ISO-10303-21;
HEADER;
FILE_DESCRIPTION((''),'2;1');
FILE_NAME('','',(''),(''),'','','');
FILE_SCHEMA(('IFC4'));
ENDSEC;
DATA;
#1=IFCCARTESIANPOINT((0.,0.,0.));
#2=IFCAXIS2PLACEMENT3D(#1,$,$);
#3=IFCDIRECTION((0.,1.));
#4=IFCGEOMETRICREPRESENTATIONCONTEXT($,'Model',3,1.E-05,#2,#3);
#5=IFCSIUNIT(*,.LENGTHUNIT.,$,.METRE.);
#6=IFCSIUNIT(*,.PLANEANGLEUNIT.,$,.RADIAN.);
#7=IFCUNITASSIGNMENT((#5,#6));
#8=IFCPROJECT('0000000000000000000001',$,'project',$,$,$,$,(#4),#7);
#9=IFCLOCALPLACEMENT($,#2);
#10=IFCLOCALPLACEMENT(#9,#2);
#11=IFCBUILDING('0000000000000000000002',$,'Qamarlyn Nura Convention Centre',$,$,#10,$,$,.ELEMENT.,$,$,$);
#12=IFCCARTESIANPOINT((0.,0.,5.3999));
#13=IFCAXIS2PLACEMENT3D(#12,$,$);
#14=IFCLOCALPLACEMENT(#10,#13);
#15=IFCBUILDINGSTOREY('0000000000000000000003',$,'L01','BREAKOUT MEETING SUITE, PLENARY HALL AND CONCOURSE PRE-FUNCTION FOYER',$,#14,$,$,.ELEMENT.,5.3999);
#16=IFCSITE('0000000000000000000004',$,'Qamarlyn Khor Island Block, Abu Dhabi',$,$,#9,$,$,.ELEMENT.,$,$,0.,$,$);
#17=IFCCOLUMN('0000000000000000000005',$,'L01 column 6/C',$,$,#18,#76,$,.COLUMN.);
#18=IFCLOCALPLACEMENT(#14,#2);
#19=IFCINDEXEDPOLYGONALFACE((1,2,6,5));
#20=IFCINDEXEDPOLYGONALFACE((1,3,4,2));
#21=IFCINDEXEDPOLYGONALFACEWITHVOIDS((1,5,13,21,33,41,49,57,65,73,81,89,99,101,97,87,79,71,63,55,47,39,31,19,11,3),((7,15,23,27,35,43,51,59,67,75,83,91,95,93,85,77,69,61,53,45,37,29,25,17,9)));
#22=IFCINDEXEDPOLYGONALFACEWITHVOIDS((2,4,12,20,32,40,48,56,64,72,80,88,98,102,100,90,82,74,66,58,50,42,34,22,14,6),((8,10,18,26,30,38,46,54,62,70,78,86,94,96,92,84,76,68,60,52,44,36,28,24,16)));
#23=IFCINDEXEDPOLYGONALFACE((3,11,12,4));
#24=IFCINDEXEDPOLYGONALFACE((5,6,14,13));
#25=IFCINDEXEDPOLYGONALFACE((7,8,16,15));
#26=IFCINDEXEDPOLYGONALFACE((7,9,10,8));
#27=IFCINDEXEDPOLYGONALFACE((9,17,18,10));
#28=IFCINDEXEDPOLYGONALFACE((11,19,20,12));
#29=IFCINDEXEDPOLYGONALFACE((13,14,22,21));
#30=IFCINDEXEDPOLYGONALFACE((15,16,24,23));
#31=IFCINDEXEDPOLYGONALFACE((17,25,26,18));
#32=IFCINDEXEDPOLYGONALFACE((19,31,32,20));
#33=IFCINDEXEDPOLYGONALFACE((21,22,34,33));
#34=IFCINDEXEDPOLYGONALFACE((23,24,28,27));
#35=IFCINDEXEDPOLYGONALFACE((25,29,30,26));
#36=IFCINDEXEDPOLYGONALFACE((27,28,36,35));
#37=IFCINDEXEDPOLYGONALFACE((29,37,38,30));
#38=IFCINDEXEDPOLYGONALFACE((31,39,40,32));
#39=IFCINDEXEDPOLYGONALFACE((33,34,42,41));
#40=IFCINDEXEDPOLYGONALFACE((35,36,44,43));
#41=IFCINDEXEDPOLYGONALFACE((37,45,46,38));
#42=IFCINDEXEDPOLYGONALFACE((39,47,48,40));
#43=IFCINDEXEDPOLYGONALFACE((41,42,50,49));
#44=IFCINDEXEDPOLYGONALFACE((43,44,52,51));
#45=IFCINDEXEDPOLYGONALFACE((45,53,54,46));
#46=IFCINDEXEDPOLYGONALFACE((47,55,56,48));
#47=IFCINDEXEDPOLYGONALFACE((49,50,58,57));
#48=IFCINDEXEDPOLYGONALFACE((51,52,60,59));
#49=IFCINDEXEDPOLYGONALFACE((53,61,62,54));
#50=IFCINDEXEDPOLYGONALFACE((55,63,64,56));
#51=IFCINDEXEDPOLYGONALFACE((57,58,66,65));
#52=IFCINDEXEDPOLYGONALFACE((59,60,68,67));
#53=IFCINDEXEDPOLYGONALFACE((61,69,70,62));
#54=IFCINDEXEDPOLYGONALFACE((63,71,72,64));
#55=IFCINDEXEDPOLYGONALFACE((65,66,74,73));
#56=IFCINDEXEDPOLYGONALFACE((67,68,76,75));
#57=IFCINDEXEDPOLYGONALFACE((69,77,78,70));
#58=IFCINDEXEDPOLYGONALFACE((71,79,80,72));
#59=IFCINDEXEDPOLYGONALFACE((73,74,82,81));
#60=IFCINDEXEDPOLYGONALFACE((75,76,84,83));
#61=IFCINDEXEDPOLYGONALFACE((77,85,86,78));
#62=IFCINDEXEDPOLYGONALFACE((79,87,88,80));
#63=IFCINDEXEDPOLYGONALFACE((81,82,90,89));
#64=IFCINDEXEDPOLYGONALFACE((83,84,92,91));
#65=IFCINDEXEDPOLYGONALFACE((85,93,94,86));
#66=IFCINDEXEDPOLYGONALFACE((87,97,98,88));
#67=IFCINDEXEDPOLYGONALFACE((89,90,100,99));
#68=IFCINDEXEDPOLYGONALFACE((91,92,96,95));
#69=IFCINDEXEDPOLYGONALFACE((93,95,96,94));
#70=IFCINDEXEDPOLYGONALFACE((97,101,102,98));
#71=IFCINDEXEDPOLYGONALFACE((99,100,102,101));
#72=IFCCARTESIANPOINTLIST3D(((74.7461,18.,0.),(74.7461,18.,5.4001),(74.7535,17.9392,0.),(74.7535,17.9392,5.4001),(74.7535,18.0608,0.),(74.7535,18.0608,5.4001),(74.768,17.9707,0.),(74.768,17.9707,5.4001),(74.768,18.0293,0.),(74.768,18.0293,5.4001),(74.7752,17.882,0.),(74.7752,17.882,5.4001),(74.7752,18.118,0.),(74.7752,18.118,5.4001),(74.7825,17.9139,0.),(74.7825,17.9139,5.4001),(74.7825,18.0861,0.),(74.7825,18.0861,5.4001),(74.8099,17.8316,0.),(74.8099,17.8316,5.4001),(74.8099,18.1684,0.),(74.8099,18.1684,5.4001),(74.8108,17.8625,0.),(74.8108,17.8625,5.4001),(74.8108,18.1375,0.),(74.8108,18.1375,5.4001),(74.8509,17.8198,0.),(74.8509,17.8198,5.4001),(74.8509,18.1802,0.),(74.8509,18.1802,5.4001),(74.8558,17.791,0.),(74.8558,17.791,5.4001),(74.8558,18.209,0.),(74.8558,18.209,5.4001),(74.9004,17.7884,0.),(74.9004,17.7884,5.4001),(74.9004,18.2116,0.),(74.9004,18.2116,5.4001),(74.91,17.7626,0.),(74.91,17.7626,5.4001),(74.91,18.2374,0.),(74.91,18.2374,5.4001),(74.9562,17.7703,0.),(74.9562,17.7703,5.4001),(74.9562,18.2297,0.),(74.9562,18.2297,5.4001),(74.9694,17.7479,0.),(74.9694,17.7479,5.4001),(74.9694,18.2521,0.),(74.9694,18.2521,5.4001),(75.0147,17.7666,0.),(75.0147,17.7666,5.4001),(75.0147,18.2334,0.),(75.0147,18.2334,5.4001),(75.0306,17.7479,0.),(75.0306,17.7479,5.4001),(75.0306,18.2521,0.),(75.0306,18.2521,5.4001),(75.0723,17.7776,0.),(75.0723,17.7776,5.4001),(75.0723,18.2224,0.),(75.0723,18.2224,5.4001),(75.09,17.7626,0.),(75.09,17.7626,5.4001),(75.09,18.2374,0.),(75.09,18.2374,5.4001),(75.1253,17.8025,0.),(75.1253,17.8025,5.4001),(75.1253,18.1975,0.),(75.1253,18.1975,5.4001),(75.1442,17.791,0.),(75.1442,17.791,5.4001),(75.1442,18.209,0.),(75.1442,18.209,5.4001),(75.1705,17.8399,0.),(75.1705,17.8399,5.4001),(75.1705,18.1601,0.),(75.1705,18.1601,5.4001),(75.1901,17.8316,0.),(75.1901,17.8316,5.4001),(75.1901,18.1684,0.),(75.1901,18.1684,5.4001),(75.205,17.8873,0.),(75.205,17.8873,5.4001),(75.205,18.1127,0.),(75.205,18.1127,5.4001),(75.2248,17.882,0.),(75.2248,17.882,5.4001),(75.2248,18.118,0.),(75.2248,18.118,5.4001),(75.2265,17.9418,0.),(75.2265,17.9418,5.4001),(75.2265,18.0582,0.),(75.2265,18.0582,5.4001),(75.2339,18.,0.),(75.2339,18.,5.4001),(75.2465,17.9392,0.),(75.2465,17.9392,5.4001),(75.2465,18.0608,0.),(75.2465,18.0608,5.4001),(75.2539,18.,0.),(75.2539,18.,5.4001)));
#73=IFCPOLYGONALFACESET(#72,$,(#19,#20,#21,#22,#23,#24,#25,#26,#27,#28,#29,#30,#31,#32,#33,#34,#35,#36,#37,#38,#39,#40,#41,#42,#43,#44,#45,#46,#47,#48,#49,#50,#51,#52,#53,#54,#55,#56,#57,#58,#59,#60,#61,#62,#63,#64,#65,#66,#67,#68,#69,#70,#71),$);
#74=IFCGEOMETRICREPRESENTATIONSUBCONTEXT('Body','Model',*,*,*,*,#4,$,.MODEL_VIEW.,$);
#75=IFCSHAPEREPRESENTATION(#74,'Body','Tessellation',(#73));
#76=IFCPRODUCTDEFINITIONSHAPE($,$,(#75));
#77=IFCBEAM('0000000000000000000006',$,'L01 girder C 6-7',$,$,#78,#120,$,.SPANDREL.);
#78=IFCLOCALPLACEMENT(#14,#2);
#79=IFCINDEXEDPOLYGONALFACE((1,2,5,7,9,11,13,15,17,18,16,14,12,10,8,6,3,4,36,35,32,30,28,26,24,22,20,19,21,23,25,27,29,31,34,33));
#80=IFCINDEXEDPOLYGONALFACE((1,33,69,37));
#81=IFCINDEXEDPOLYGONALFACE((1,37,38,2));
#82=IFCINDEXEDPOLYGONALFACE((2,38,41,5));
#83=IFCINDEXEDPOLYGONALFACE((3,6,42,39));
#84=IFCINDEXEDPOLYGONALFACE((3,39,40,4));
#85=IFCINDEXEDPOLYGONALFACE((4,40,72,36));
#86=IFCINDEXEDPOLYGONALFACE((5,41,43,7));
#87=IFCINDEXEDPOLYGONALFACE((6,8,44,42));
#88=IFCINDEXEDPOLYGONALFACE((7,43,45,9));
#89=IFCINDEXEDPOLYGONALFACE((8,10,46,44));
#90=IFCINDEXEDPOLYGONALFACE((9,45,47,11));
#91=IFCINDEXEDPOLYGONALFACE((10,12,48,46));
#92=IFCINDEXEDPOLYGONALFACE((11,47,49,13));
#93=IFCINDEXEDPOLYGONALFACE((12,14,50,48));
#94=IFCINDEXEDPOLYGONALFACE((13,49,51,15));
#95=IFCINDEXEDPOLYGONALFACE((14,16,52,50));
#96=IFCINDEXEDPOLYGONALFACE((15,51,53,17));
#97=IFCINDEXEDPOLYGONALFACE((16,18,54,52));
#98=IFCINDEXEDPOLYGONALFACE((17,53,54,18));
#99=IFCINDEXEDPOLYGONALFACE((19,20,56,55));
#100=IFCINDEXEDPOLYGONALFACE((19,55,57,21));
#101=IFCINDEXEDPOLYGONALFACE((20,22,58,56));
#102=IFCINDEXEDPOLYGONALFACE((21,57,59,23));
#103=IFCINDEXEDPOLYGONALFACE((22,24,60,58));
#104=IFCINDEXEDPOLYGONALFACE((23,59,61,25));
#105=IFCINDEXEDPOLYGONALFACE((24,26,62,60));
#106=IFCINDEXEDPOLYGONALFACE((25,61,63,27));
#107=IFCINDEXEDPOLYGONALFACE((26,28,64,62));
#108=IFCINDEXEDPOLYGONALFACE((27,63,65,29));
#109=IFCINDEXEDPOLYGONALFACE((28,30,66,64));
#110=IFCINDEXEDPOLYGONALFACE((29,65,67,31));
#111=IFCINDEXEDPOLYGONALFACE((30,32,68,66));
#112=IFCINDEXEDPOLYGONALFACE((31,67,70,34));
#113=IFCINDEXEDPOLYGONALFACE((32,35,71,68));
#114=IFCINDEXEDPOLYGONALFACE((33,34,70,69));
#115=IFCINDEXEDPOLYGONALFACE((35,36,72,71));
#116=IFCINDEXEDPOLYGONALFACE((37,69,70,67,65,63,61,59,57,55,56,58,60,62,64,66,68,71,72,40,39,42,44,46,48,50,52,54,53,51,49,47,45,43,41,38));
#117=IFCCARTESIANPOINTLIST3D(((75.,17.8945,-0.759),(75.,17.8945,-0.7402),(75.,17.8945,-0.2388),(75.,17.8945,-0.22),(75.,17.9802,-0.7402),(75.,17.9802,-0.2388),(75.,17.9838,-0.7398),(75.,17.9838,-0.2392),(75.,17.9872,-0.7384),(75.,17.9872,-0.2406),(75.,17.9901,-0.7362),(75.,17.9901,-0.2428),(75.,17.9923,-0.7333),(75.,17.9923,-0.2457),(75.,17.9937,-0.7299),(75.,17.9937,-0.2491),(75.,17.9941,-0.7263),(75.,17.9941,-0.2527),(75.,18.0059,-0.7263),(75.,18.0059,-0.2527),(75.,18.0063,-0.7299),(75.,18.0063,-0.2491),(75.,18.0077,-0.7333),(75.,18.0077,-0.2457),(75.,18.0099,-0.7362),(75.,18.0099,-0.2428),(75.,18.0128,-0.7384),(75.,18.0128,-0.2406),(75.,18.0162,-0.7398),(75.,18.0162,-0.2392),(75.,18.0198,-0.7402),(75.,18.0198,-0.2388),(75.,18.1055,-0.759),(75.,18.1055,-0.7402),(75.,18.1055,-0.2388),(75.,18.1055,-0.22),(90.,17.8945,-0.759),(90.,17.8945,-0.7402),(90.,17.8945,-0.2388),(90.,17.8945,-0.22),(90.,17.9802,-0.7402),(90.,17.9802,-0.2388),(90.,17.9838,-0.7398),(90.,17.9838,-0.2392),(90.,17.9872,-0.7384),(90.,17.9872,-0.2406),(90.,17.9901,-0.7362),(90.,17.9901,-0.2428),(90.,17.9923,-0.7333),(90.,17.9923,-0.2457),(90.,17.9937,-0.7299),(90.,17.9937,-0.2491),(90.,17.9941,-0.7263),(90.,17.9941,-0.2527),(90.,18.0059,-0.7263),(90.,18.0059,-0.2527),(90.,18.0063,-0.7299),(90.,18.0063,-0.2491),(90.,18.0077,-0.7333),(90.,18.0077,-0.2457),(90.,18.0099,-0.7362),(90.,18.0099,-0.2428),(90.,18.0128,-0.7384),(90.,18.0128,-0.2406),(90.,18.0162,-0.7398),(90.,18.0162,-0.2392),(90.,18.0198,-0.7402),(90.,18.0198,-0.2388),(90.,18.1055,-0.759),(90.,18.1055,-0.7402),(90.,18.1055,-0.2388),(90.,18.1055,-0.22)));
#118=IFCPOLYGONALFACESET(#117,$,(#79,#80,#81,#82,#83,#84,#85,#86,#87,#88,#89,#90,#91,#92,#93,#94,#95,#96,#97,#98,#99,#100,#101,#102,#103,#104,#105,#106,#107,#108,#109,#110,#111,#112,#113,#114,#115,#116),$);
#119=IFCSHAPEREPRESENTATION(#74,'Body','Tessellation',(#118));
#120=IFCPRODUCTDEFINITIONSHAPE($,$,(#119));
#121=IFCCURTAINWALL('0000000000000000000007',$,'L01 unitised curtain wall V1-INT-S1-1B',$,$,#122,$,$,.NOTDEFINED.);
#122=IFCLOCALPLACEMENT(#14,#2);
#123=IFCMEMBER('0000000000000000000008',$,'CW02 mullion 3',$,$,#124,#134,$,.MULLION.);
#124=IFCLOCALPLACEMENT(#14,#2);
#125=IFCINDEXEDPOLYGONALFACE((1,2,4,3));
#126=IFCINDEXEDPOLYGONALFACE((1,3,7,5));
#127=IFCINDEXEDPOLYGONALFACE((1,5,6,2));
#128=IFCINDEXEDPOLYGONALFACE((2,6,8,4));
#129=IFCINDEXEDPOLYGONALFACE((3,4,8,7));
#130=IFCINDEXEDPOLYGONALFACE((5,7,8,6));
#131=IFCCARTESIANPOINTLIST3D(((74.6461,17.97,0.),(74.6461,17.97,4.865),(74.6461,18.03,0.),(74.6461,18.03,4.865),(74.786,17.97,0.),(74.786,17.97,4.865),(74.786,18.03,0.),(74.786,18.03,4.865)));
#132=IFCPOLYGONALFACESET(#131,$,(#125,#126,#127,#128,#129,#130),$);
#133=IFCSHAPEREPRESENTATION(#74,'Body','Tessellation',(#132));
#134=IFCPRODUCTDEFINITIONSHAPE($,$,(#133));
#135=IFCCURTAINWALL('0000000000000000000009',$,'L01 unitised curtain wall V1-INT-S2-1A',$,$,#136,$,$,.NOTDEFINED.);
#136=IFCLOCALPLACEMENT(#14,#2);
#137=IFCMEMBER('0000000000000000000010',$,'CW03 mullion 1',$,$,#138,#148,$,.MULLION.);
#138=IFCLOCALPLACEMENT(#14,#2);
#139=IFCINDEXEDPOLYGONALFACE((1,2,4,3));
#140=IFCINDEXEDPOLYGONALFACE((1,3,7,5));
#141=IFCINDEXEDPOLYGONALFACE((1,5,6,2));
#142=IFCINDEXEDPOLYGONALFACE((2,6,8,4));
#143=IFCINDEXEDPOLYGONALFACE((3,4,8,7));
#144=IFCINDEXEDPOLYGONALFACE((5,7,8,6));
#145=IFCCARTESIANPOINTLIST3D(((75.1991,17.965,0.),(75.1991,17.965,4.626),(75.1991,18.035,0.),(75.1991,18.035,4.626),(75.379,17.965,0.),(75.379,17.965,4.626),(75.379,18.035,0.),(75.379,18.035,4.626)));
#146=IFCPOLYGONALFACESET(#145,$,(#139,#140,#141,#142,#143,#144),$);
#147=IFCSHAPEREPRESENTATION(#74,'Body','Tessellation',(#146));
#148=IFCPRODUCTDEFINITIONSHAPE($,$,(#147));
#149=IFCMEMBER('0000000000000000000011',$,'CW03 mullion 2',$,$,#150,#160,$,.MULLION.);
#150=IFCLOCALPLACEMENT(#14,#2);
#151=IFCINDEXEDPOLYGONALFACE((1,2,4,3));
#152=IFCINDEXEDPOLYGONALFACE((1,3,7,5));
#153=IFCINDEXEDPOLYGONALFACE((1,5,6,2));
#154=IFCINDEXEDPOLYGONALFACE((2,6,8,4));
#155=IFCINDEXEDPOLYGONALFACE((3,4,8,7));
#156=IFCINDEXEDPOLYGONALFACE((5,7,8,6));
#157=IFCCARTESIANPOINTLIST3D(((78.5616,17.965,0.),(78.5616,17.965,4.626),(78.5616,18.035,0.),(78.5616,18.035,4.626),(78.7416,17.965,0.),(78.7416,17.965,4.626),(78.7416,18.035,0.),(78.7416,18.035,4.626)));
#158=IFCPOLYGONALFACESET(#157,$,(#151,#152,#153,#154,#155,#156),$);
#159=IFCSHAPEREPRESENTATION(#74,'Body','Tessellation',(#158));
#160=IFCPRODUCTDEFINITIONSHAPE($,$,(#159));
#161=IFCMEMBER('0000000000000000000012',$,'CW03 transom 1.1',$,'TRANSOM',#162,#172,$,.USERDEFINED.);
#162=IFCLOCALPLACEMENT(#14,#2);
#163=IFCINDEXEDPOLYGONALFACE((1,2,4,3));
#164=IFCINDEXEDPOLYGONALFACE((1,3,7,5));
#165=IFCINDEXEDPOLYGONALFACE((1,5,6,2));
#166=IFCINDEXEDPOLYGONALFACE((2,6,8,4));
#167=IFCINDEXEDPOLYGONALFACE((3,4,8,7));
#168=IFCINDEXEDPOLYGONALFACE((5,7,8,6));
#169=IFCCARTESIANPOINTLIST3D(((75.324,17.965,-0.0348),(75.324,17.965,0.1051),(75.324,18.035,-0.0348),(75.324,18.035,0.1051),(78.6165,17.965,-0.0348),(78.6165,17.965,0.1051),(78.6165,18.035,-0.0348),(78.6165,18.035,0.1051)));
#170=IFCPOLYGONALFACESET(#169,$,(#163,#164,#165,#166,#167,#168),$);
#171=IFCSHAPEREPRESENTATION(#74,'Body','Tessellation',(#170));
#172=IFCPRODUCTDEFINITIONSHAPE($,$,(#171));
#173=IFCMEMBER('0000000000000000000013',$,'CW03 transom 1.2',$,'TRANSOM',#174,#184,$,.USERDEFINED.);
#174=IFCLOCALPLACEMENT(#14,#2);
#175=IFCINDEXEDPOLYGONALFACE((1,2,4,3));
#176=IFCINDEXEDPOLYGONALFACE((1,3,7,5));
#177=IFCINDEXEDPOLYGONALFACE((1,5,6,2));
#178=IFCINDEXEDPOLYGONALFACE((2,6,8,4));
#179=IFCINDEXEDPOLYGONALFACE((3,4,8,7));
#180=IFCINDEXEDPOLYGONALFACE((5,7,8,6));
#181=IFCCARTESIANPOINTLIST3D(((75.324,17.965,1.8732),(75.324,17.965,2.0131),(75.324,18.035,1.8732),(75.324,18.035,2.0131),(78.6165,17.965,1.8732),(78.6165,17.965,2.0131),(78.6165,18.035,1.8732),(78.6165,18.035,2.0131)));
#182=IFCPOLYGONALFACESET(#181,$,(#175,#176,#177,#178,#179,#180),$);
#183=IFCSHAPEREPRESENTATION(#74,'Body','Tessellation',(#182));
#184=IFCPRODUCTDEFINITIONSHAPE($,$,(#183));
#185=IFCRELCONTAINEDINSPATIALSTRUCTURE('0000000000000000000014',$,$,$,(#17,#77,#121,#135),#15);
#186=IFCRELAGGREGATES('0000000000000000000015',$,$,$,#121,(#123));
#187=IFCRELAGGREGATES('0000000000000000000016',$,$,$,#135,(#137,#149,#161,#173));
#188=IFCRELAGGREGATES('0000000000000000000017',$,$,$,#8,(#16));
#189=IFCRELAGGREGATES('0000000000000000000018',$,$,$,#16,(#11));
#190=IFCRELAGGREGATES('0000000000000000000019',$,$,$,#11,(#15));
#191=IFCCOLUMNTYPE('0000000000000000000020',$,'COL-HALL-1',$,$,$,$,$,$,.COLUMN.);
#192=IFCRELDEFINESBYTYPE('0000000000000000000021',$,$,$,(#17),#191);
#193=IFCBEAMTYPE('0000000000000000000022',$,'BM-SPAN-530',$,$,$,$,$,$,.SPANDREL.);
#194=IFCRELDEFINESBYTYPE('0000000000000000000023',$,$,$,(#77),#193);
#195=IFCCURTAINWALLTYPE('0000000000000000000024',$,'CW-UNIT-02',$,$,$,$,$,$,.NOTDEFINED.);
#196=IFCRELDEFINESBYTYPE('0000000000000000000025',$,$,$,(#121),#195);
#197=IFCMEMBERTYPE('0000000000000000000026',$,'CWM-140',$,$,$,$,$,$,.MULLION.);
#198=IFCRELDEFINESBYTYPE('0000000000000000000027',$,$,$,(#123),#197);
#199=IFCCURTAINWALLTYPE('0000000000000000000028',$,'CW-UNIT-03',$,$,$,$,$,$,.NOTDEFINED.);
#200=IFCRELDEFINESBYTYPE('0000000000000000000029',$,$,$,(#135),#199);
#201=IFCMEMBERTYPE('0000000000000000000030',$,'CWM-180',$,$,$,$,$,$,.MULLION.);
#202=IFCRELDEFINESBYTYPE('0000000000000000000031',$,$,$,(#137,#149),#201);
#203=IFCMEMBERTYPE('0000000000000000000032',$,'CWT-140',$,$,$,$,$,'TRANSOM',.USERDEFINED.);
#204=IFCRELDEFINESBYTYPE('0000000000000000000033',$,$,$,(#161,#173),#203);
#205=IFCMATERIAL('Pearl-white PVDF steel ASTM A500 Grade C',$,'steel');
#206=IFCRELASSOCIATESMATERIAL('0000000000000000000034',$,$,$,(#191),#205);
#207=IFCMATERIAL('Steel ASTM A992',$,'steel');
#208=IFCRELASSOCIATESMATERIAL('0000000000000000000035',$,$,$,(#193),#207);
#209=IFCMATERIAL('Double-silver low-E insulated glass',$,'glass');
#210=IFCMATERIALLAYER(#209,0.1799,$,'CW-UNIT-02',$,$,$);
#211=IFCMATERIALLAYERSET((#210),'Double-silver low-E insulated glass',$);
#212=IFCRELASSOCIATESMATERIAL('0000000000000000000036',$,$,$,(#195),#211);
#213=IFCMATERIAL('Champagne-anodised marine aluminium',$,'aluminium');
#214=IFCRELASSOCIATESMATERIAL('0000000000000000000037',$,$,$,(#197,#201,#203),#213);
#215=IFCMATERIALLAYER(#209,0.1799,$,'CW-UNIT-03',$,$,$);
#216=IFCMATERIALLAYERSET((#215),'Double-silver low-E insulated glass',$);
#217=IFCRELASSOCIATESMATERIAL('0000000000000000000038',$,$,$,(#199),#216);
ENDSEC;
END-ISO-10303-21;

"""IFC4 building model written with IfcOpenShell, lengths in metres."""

from ifc_helpers import new_model, si_unit, direction, frame, origin, origin_2d, place, context, subcontext, project, spatial, rectangle, hollow_circle, i_section, extrude, material, layer, layer_set, material_profile, profile_set, type_object, element, aggregate, save


model = new_model("IFC4")

# Units and contexts
model_context = context("Model", 3, precision=1e-05, world=origin(), true_north=direction((0.0, 1.0)))
body_context = subcontext(model_context, "Body", "Model", "MODEL_VIEW")
ifc_project = project(units=[si_unit("LENGTHUNIT", "METRE"), si_unit("PLANEANGLEUNIT", "RADIAN")], contexts=[model_context])

# Site, building, storey
site_placement = place(None, origin())
site = spatial("IfcSite", under=ifc_project, at=site_placement, Name="Qamarlyn Khor Island Block, Abu Dhabi", CompositionType="ELEMENT", RefElevation=0.0)
building_placement = place(site_placement, origin())
building = spatial("IfcBuilding", under=site, at=building_placement, Name="Qamarlyn Nura Convention Centre", CompositionType="ELEMENT")
storey_placement = place(building_placement, frame((0.0, 0.0, 5.3999)))
storey = spatial("IfcBuildingStorey", under=building, at=storey_placement, Name="L01", Description="BREAKOUT MEETING SUITE, PLENARY HALL AND CONCOURSE PRE-FUNCTION FOYER", CompositionType="ELEMENT", Elevation=5.3999)

# Column
ifc_material_1 = material(Name="Pearl-white PVDF steel ASTM A500 Grade C", Category="steel")
ifc_material_profile_1 = material_profile(ifc_material_1, hollow_circle(Radius=0.2539, WallThickness=0.02, at=origin_2d()), Name="CHS508X20")
ifc_profile_set_1 = profile_set([ifc_material_profile_1], Name="Pearl-white PVDF steel ASTM A500 Grade C")
column_type = type_object("IfcColumnType", Name="COL-HALL-1", PredefinedType="COLUMN", material=ifc_profile_set_1)
column_placement = place(storey_placement, frame((75.0, 18.0, 0.0), z_axis=(0.0, 0.0, 1.0), x_axis=(1.0, 0.0, 0.0)))
element("IfcColumn", 1, at=column_placement, inside=storey, type_object=column_type, Name="L01 column 6/C", PredefinedType="COLUMN", context=body_context, shape_type="SweptSolid", body=[
    extrude(hollow_circle(Radius=0.2539, WallThickness=0.02, at=origin_2d()), origin(), (0.0, 0.0, 1.0), 5.4001),
])

# Beam
ifc_material_2 = material(Name="Steel ASTM A992", Category="steel")
ifc_material_profile_2 = material_profile(ifc_material_2, i_section(OverallWidth=0.2109, OverallDepth=0.5391, WebThickness=0.0117, FlangeThickness=0.0188, FilletRadius=0.0139, at=origin_2d()), Name="W530X109")
ifc_profile_set_2 = profile_set([ifc_material_profile_2], Name="Steel ASTM A992")
beam_type = type_object("IfcBeamType", Name="BM-SPAN-530", PredefinedType="SPANDREL", material=ifc_profile_set_2)
beam_placement = place(storey_placement, frame((75.0, 18.0, -0.4895), z_axis=(1.0, 0.0, 0.0), x_axis=(0.0, 1.0, 0.0)))
element("IfcBeam", 2, at=beam_placement, inside=storey, type_object=beam_type, Name="L01 girder C 6-7", PredefinedType="SPANDREL", context=body_context, shape_type="SweptSolid", body=[
    extrude(i_section(OverallWidth=0.2109, OverallDepth=0.5391, WebThickness=0.0117, FlangeThickness=0.0188, FilletRadius=0.0139, at=origin_2d()), origin(), (0.0, 0.0, 1.0), 15.0),
])

# Curtain wall, member
ifc_material_3 = material(Name="Double-silver low-E insulated glass", Category="glass")
ifc_layer_1 = layer(ifc_material_3, 0.1799, Name="CW-UNIT-02")
ifc_layer_set_1 = layer_set([ifc_layer_1], Name="Double-silver low-E insulated glass")
curtain_wall_type_1 = type_object("IfcCurtainWallType", Name="CW-UNIT-02", PredefinedType="NOTDEFINED", material=ifc_layer_set_1)
curtain_wall_1_placement = place(storey_placement, origin())
curtain_wall_1 = element("IfcCurtainWall", 3, at=curtain_wall_1_placement, inside=storey, type_object=curtain_wall_type_1, Name="L01 unitised curtain wall V1-INT-S1-1B", PredefinedType="NOTDEFINED")
ifc_material_4 = material(Name="Champagne-anodised marine aluminium", Category="aluminium")
ifc_material_profile_3 = material_profile(ifc_material_4, rectangle(XDim=0.0601, YDim=0.1399, at=origin_2d()), Name="ALU MULLION 60x140")
ifc_profile_set_3 = profile_set([ifc_material_profile_3], Name="Champagne-anodised marine aluminium")
member_type_1 = type_object("IfcMemberType", Name="CWM-140", PredefinedType="MULLION", material=ifc_profile_set_3)
member_1_placement = place(storey_placement, frame((74.7161, 18.0, 0.0), z_axis=(0.0, 0.0, 1.0), x_axis=(0.0, 1.0, 0.0)))
member_1 = element("IfcMember", 4, at=member_1_placement, type_object=member_type_1, Name="CW02 mullion 3", PredefinedType="MULLION", context=body_context, shape_type="SweptSolid", body=[
    extrude(rectangle(XDim=0.0601, YDim=0.1399, at=origin_2d()), origin(), (0.0, 0.0, 1.0), 4.865),
])

# Curtain wall, members
ifc_layer_2 = layer(ifc_material_3, 0.1799, Name="CW-UNIT-03")
ifc_layer_set_2 = layer_set([ifc_layer_2], Name="Double-silver low-E insulated glass")
curtain_wall_type_2 = type_object("IfcCurtainWallType", Name="CW-UNIT-03", PredefinedType="NOTDEFINED", material=ifc_layer_set_2)
curtain_wall_2_placement = place(storey_placement, origin())
curtain_wall_2 = element("IfcCurtainWall", 5, at=curtain_wall_2_placement, inside=storey, type_object=curtain_wall_type_2, Name="L01 unitised curtain wall V1-INT-S2-1A", PredefinedType="NOTDEFINED")
ifc_material_profile_4 = material_profile(ifc_material_4, rectangle(XDim=0.0701, YDim=0.1799, at=origin_2d()), Name="ALU MULLION 70x180")
ifc_profile_set_4 = profile_set([ifc_material_profile_4], Name="Champagne-anodised marine aluminium")
member_type_2 = type_object("IfcMemberType", Name="CWM-180", PredefinedType="MULLION", material=ifc_profile_set_4)
member_2_placement = place(storey_placement, frame((75.2891, 18.0, 0.0), z_axis=(0.0, 0.0, 1.0), x_axis=(0.0, 1.0, 0.0)))
member_2 = element("IfcMember", 6, at=member_2_placement, type_object=member_type_2, Name="CW03 mullion 1", PredefinedType="MULLION", context=body_context, shape_type="SweptSolid", body=[
    extrude(rectangle(XDim=0.0701, YDim=0.1799, at=origin_2d()), origin(), (0.0, 0.0, 1.0), 4.626),
])
member_3_placement = place(storey_placement, frame((78.6516, 18.0, 0.0), z_axis=(0.0, 0.0, 1.0), x_axis=(0.0, 1.0, 0.0)))
member_3 = element("IfcMember", 7, at=member_3_placement, type_object=member_type_2, Name="CW03 mullion 2", PredefinedType="MULLION", context=body_context, shape_type="SweptSolid", body=[
    extrude(rectangle(XDim=0.0701, YDim=0.1799, at=origin_2d()), origin(), (0.0, 0.0, 1.0), 4.626),
])
ifc_material_profile_5 = material_profile(ifc_material_4, rectangle(XDim=0.0701, YDim=0.1399, at=origin_2d()), Name="ALU TRANSOM 70x140")
ifc_profile_set_5 = profile_set([ifc_material_profile_5], Name="Champagne-anodised marine aluminium")
member_type_3 = type_object("IfcMemberType", Name="CWT-140", ElementType="TRANSOM", PredefinedType="USERDEFINED", material=ifc_profile_set_5)
member_4_placement = place(storey_placement, frame((75.324, 18.0, 0.0352), z_axis=(1.0, 0.0, 0.0), x_axis=(0.0, 1.0, 0.0)))
member_4 = element("IfcMember", 8, at=member_4_placement, type_object=member_type_3, Name="CW03 transom 1.1", ObjectType="TRANSOM", PredefinedType="USERDEFINED", context=body_context, shape_type="SweptSolid", body=[
    extrude(rectangle(XDim=0.0701, YDim=0.1399, at=origin_2d()), origin(), (0.0, 0.0, 1.0), 3.2925),
])
member_5_placement = place(storey_placement, frame((75.324, 18.0, 1.9431), z_axis=(1.0, 0.0, 0.0), x_axis=(0.0, 1.0, 0.0)))
member_5 = element("IfcMember", 9, at=member_5_placement, type_object=member_type_3, Name="CW03 transom 1.2", ObjectType="TRANSOM", PredefinedType="USERDEFINED", context=body_context, shape_type="SweptSolid", body=[
    extrude(rectangle(XDim=0.0701, YDim=0.1399, at=origin_2d()), origin(), (0.0, 0.0, 1.0), 3.2925),
])

aggregate(curtain_wall_1, [member_1])
aggregate(curtain_wall_2, [member_2, member_3, member_4, member_5])

save(model, "model.ifc")
